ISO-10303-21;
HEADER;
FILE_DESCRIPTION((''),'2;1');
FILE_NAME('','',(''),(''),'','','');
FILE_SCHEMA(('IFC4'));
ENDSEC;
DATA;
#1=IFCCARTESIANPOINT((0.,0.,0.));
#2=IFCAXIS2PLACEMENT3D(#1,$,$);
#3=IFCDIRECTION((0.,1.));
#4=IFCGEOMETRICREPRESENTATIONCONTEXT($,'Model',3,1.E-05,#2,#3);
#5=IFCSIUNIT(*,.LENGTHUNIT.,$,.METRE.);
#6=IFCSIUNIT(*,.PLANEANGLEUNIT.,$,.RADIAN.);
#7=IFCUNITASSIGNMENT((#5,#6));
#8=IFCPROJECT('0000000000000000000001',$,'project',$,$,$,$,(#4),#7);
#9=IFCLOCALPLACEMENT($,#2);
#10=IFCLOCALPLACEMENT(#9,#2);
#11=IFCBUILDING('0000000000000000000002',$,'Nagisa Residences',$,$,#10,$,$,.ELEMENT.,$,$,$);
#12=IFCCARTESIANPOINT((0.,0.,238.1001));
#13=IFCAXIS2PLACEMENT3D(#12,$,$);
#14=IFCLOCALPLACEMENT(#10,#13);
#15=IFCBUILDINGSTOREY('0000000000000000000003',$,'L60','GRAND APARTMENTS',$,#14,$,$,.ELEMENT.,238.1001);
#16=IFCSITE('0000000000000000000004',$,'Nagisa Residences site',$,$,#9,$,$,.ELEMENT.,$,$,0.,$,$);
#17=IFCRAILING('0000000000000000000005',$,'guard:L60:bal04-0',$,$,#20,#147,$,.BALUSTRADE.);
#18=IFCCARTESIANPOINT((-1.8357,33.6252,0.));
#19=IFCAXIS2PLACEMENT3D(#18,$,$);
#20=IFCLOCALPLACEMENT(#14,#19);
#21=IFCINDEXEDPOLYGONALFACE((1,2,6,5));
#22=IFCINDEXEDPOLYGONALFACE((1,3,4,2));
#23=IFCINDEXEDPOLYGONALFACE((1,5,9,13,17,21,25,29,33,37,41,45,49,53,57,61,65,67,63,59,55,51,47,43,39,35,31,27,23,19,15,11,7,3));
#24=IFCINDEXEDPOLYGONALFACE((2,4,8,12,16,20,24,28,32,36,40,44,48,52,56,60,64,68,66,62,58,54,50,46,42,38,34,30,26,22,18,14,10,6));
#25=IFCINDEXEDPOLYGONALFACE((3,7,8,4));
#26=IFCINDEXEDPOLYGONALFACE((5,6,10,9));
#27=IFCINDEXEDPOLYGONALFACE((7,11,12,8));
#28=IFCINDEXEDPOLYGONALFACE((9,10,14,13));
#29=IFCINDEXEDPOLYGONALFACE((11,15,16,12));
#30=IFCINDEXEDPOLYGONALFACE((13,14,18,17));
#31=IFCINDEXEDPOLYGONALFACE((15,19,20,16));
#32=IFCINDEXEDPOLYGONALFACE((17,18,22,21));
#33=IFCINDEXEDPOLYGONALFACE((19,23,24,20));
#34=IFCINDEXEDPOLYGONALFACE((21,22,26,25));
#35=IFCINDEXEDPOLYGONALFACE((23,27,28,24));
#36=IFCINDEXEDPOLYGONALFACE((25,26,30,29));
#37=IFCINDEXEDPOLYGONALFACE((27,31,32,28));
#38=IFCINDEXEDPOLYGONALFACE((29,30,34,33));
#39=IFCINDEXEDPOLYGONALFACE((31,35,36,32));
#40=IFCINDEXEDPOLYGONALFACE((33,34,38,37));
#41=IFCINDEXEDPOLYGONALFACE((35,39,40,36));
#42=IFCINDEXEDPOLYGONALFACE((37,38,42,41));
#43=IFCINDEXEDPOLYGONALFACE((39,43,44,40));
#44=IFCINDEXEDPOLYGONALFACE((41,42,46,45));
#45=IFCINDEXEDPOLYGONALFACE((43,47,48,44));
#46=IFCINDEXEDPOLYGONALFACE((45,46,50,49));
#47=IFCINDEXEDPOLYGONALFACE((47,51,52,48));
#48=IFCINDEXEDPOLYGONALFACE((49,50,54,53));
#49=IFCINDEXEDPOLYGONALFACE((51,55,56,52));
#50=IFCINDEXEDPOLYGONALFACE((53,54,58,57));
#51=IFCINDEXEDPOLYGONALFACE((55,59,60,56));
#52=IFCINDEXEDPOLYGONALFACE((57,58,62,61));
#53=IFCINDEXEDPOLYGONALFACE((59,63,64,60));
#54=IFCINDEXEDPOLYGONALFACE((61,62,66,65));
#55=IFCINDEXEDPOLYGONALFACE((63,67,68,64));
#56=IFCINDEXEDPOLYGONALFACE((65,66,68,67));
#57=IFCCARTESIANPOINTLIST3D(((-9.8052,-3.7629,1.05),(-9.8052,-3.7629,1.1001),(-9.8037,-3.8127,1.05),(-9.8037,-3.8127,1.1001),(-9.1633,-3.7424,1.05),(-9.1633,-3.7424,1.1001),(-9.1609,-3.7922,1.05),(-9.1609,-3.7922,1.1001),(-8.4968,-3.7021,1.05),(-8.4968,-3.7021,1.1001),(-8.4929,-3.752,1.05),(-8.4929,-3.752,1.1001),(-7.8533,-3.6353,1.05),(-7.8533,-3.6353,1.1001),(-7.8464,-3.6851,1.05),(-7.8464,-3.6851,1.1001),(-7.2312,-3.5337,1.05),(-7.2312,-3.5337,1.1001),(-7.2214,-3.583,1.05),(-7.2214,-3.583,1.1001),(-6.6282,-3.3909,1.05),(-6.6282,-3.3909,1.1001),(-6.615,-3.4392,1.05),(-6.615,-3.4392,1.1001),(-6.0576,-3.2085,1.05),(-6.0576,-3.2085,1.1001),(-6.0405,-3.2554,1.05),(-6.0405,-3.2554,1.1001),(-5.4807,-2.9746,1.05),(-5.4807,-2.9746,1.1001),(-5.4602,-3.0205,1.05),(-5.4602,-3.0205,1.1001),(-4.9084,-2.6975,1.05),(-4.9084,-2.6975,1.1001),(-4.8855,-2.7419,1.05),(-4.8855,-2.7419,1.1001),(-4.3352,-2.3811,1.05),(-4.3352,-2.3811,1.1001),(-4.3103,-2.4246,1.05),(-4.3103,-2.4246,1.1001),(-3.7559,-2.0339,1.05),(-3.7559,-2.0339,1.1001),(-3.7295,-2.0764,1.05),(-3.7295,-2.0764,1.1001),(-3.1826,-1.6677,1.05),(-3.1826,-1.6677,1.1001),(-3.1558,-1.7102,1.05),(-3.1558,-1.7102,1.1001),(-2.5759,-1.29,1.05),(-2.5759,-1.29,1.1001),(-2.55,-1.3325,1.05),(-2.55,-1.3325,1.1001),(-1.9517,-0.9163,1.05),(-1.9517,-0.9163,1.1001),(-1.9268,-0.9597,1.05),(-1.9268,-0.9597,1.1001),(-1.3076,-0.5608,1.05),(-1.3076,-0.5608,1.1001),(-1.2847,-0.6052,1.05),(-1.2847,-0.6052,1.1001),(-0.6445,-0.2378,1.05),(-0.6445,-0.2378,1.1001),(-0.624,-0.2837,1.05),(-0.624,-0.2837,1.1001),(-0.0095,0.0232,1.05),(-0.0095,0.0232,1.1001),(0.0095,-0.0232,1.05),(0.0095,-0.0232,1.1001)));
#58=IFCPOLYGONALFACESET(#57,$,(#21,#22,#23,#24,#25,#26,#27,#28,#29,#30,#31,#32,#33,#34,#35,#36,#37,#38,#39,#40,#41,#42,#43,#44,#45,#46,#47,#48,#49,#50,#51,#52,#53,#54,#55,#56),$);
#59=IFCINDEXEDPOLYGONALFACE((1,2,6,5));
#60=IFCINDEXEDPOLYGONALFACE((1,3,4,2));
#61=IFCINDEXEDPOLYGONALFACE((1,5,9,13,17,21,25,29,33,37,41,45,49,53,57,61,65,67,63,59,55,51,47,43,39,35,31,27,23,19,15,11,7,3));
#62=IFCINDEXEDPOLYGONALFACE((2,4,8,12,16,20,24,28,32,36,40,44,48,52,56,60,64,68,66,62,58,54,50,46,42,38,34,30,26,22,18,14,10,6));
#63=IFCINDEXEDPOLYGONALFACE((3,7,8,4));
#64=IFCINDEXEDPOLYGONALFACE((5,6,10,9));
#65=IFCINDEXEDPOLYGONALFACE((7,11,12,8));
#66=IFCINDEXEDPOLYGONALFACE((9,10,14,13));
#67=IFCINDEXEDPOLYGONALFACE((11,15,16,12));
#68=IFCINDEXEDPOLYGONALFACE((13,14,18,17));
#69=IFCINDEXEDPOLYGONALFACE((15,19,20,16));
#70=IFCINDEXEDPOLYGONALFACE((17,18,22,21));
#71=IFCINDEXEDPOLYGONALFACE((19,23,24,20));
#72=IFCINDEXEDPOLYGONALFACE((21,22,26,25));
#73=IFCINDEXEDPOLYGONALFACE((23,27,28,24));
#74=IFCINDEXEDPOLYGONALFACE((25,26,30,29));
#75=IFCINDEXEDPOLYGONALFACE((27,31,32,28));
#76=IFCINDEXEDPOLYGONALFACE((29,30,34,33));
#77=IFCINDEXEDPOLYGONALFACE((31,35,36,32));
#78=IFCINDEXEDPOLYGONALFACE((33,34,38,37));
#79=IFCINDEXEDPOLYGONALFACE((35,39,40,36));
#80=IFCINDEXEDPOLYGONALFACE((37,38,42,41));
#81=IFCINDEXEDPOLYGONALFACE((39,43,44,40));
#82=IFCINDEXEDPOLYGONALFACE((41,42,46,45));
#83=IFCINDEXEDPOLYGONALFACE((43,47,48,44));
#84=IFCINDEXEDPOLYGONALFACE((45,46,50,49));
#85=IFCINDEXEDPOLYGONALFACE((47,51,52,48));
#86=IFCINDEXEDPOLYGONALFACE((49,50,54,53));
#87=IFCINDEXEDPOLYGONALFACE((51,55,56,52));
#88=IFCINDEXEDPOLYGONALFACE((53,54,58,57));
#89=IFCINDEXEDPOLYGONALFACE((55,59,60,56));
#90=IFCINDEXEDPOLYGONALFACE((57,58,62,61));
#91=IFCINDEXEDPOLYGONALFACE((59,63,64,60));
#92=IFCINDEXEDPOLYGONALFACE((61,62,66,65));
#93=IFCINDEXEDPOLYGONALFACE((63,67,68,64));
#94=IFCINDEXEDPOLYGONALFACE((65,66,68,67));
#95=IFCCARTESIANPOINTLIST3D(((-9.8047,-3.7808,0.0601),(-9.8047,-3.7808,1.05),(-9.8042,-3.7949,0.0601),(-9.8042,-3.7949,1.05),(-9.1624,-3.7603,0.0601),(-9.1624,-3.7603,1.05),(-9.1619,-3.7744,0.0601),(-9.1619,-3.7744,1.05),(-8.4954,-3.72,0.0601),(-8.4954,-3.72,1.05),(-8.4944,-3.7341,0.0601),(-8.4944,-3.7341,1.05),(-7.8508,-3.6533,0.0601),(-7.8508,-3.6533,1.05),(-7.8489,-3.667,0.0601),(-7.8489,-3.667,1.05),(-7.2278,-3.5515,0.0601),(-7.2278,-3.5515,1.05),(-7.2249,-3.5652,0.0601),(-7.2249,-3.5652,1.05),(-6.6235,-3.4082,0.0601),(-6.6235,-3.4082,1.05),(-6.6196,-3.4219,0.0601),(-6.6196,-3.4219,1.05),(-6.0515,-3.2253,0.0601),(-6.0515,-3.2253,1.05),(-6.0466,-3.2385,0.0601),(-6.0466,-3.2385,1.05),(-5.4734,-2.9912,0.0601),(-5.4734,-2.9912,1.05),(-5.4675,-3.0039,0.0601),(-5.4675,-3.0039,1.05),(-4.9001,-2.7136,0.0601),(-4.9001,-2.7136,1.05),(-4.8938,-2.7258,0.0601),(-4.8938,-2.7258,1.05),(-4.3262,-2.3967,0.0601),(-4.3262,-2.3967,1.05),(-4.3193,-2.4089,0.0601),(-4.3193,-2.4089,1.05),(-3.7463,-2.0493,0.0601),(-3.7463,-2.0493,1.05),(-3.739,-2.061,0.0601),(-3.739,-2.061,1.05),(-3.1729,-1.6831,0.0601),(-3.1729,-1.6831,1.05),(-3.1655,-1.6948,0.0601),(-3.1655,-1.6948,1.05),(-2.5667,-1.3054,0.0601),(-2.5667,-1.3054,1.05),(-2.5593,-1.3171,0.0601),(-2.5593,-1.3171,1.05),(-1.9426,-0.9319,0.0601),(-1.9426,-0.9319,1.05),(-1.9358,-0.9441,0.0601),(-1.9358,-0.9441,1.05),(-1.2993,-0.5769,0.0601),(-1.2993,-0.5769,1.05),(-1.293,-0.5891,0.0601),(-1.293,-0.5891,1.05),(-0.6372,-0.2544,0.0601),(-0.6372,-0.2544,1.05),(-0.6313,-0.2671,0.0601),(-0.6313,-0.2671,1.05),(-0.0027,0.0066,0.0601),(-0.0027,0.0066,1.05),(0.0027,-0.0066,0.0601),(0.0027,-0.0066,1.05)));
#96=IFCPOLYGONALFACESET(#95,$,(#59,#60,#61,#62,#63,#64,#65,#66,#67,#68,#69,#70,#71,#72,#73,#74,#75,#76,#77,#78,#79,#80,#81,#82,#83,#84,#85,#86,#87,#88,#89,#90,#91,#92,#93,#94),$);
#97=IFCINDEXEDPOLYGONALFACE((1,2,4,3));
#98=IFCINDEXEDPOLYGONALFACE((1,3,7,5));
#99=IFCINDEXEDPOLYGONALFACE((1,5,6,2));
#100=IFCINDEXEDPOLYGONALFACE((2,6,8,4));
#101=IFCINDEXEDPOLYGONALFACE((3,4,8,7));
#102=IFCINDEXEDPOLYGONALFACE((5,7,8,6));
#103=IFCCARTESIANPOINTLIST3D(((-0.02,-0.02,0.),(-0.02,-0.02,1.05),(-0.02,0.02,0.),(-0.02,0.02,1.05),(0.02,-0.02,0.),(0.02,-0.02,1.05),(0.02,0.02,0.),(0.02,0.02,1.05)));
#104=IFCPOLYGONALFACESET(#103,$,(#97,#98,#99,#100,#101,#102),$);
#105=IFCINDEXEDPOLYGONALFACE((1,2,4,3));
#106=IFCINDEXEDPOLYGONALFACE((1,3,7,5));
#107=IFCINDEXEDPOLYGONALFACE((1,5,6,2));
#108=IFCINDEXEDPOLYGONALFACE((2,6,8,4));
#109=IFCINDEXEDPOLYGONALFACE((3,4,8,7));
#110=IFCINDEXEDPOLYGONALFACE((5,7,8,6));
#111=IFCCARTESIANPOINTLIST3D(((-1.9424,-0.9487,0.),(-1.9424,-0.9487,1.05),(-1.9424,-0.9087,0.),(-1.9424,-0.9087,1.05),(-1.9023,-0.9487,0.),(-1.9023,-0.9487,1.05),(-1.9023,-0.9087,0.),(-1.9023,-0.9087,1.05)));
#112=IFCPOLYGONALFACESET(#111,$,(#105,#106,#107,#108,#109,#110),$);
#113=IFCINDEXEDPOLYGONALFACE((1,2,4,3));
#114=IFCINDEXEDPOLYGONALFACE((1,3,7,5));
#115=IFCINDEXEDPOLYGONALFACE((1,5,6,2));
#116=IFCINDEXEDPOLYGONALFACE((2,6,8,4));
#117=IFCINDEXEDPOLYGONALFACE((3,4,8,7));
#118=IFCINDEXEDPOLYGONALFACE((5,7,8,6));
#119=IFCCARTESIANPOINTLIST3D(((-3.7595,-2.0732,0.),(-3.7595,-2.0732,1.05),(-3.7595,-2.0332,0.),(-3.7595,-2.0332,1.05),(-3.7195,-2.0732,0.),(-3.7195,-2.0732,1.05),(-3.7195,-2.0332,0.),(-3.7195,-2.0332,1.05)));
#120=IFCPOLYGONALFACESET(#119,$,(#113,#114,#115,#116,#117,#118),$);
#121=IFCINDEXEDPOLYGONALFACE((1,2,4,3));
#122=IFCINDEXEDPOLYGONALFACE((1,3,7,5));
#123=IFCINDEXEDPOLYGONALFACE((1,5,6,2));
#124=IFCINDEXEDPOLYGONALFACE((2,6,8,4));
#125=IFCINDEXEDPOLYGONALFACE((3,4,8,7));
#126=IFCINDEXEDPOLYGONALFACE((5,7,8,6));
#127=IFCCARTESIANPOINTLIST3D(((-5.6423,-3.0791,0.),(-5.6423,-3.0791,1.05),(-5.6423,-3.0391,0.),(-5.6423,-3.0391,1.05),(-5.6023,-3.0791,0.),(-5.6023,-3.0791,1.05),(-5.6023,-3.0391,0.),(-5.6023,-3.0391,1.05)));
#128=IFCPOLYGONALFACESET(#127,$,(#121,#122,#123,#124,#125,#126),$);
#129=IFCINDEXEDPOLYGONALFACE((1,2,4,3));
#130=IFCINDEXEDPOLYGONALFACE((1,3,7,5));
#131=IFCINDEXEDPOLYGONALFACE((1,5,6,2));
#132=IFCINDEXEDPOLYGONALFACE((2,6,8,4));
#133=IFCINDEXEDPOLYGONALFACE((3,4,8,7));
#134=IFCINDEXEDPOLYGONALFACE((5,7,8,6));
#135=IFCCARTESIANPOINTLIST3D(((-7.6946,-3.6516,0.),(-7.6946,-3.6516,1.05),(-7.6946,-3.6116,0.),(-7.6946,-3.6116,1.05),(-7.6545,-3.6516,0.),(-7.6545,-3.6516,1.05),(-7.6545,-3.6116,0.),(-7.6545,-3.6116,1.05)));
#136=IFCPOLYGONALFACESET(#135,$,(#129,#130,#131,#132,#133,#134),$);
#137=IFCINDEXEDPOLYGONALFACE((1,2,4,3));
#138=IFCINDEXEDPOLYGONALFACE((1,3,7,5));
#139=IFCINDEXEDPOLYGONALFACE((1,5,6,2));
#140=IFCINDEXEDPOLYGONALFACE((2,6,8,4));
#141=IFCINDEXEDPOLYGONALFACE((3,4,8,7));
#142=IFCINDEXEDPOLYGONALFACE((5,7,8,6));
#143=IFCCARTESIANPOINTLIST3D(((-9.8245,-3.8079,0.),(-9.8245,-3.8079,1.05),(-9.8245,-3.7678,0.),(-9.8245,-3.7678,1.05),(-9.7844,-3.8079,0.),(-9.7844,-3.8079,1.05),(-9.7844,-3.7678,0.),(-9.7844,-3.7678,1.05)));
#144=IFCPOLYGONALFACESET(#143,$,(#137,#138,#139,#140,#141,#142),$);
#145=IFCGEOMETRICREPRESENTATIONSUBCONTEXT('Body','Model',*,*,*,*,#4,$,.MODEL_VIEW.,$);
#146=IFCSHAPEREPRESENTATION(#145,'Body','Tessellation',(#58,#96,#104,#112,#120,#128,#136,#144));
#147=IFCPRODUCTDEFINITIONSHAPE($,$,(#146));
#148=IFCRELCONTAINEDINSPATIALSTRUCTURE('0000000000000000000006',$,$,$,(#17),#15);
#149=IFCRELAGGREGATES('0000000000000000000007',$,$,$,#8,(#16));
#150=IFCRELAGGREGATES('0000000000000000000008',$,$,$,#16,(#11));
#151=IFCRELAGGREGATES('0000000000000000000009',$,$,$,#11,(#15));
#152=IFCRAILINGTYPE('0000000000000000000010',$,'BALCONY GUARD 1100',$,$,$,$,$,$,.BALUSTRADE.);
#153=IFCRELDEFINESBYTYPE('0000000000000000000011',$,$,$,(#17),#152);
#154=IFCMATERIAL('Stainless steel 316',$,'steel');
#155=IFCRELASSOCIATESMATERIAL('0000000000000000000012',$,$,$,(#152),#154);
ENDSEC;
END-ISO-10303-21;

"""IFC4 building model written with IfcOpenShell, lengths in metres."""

from ifc_helpers import new_model, si_unit, direction, frame, origin, origin_2d, place, context, subcontext, project, spatial, polyline, rectangle, outline, extrude, material, type_object, element, save


model = new_model("IFC4")

# Units and contexts
model_context = context("Model", 3, precision=1e-05, world=origin(), true_north=direction((0.0, 1.0)))
body_context = subcontext(model_context, "Body", "Model", "MODEL_VIEW")
ifc_project = project(units=[si_unit("LENGTHUNIT", "METRE"), si_unit("PLANEANGLEUNIT", "RADIAN")], contexts=[model_context])

# Site, building, storey
site_placement = place(None, origin())
site = spatial("IfcSite", under=ifc_project, at=site_placement, Name="Nagisa Residences site", CompositionType="ELEMENT", RefElevation=0.0)
building_placement = place(site_placement, origin())
building = spatial("IfcBuilding", under=site, at=building_placement, Name="Nagisa Residences", CompositionType="ELEMENT")
storey_placement = place(building_placement, frame((0.0, 0.0, 238.1001)))
storey = spatial("IfcBuildingStorey", under=building, at=storey_placement, Name="L60", Description="GRAND APARTMENTS", CompositionType="ELEMENT", Elevation=238.1001)

# Railing
ifc_material_1 = material(Name="Stainless steel 316", Category="steel")
railing_type = type_object("IfcRailingType", Name="BALCONY GUARD 1100", PredefinedType="BALUSTRADE", material=ifc_material_1)
railing_placement = place(storey_placement, frame((-1.8357, 33.6252, 0.0)))
element("IfcRailing", 1, at=railing_placement, inside=storey, type_object=railing_type, Name="guard:L60:bal04-0", PredefinedType="BALUSTRADE", context=body_context, shape_type="SweptSolid", body=[
    extrude(outline(polyline([(-0.624, -0.2837), (0.0095, -0.0232), (-0.0095, 0.0232), (-0.6445, -0.2378), (-1.3076, -0.5608), (-1.9517, -0.9163), (-2.5759, -1.29), (-3.1826, -1.6677), (-3.7559, -2.0339), (-4.3352, -2.3811), (-4.9084, -2.6975), (-5.4807, -2.9746), (-6.0576, -3.2085), (-6.6282, -3.3909), (-7.2312, -3.5337), (-7.8533, -3.6353), (-8.4968, -3.7021), (-9.1633, -3.7424), (-9.8052, -3.7629), (-9.8037, -3.8127), (-9.1609, -3.7922), (-8.4929, -3.752), (-7.8464, -3.6851), (-7.2214, -3.583), (-6.615, -3.4392), (-6.0405, -3.2554), (-5.4602, -3.0205), (-4.8855, -2.7419), (-4.3103, -2.4246), (-3.7295, -2.0764), (-3.1558, -1.7102), (-2.55, -1.3325), (-1.9268, -0.9597), (-1.2847, -0.6052), (-0.624, -0.2837)])), frame((0.0, 0.0, 1.05)), (0.0, 0.0, 1.0), 0.05),
    extrude(outline(polyline([(-0.6313, -0.2671), (0.0027, -0.0066), (-0.0027, 0.0066), (-0.6372, -0.2544), (-1.2993, -0.5769), (-1.9426, -0.9319), (-2.5667, -1.3054), (-3.1729, -1.6831), (-3.7463, -2.0493), (-4.3262, -2.3967), (-4.9001, -2.7136), (-5.4734, -2.9912), (-6.0515, -3.2253), (-6.6235, -3.4082), (-7.2278, -3.5515), (-7.8508, -3.6533), (-8.4954, -3.72), (-9.1624, -3.7603), (-9.8047, -3.7808), (-9.8042, -3.7949), (-9.1619, -3.7744), (-8.4944, -3.7341), (-7.8489, -3.667), (-7.2249, -3.5652), (-6.6196, -3.4219), (-6.0466, -3.2385), (-5.4675, -3.0039), (-4.8938, -2.7258), (-4.3193, -2.4089), (-3.739, -2.061), (-3.1655, -1.6948), (-2.5593, -1.3171), (-1.9358, -0.9441), (-1.293, -0.5891), (-0.6313, -0.2671)])), frame((0.0, 0.0, 0.0601)), (0.0, 0.0, 1.0), 0.99),
    extrude(rectangle(XDim=0.04, YDim=0.04, at=origin_2d()), origin(), (0.0, 0.0, 1.0), 1.05),
    extrude(rectangle(XDim=0.04, YDim=0.04, at=origin_2d()), frame((-1.9224, -0.9287, 0.0)), (0.0, 0.0, 1.0), 1.05),
    extrude(rectangle(XDim=0.04, YDim=0.04, at=origin_2d()), frame((-3.7395, -2.0532, 0.0)), (0.0, 0.0, 1.0), 1.05),
    extrude(rectangle(XDim=0.04, YDim=0.04, at=origin_2d()), frame((-5.6223, -3.0591, 0.0)), (0.0, 0.0, 1.0), 1.05),
    extrude(rectangle(XDim=0.04, YDim=0.04, at=origin_2d()), frame((-7.6746, -3.6316, 0.0)), (0.0, 0.0, 1.0), 1.05),
    extrude(rectangle(XDim=0.04, YDim=0.04, at=origin_2d()), frame((-9.8044, -3.7878, 0.0)), (0.0, 0.0, 1.0), 1.05),
])

save(model, "model.ifc")
